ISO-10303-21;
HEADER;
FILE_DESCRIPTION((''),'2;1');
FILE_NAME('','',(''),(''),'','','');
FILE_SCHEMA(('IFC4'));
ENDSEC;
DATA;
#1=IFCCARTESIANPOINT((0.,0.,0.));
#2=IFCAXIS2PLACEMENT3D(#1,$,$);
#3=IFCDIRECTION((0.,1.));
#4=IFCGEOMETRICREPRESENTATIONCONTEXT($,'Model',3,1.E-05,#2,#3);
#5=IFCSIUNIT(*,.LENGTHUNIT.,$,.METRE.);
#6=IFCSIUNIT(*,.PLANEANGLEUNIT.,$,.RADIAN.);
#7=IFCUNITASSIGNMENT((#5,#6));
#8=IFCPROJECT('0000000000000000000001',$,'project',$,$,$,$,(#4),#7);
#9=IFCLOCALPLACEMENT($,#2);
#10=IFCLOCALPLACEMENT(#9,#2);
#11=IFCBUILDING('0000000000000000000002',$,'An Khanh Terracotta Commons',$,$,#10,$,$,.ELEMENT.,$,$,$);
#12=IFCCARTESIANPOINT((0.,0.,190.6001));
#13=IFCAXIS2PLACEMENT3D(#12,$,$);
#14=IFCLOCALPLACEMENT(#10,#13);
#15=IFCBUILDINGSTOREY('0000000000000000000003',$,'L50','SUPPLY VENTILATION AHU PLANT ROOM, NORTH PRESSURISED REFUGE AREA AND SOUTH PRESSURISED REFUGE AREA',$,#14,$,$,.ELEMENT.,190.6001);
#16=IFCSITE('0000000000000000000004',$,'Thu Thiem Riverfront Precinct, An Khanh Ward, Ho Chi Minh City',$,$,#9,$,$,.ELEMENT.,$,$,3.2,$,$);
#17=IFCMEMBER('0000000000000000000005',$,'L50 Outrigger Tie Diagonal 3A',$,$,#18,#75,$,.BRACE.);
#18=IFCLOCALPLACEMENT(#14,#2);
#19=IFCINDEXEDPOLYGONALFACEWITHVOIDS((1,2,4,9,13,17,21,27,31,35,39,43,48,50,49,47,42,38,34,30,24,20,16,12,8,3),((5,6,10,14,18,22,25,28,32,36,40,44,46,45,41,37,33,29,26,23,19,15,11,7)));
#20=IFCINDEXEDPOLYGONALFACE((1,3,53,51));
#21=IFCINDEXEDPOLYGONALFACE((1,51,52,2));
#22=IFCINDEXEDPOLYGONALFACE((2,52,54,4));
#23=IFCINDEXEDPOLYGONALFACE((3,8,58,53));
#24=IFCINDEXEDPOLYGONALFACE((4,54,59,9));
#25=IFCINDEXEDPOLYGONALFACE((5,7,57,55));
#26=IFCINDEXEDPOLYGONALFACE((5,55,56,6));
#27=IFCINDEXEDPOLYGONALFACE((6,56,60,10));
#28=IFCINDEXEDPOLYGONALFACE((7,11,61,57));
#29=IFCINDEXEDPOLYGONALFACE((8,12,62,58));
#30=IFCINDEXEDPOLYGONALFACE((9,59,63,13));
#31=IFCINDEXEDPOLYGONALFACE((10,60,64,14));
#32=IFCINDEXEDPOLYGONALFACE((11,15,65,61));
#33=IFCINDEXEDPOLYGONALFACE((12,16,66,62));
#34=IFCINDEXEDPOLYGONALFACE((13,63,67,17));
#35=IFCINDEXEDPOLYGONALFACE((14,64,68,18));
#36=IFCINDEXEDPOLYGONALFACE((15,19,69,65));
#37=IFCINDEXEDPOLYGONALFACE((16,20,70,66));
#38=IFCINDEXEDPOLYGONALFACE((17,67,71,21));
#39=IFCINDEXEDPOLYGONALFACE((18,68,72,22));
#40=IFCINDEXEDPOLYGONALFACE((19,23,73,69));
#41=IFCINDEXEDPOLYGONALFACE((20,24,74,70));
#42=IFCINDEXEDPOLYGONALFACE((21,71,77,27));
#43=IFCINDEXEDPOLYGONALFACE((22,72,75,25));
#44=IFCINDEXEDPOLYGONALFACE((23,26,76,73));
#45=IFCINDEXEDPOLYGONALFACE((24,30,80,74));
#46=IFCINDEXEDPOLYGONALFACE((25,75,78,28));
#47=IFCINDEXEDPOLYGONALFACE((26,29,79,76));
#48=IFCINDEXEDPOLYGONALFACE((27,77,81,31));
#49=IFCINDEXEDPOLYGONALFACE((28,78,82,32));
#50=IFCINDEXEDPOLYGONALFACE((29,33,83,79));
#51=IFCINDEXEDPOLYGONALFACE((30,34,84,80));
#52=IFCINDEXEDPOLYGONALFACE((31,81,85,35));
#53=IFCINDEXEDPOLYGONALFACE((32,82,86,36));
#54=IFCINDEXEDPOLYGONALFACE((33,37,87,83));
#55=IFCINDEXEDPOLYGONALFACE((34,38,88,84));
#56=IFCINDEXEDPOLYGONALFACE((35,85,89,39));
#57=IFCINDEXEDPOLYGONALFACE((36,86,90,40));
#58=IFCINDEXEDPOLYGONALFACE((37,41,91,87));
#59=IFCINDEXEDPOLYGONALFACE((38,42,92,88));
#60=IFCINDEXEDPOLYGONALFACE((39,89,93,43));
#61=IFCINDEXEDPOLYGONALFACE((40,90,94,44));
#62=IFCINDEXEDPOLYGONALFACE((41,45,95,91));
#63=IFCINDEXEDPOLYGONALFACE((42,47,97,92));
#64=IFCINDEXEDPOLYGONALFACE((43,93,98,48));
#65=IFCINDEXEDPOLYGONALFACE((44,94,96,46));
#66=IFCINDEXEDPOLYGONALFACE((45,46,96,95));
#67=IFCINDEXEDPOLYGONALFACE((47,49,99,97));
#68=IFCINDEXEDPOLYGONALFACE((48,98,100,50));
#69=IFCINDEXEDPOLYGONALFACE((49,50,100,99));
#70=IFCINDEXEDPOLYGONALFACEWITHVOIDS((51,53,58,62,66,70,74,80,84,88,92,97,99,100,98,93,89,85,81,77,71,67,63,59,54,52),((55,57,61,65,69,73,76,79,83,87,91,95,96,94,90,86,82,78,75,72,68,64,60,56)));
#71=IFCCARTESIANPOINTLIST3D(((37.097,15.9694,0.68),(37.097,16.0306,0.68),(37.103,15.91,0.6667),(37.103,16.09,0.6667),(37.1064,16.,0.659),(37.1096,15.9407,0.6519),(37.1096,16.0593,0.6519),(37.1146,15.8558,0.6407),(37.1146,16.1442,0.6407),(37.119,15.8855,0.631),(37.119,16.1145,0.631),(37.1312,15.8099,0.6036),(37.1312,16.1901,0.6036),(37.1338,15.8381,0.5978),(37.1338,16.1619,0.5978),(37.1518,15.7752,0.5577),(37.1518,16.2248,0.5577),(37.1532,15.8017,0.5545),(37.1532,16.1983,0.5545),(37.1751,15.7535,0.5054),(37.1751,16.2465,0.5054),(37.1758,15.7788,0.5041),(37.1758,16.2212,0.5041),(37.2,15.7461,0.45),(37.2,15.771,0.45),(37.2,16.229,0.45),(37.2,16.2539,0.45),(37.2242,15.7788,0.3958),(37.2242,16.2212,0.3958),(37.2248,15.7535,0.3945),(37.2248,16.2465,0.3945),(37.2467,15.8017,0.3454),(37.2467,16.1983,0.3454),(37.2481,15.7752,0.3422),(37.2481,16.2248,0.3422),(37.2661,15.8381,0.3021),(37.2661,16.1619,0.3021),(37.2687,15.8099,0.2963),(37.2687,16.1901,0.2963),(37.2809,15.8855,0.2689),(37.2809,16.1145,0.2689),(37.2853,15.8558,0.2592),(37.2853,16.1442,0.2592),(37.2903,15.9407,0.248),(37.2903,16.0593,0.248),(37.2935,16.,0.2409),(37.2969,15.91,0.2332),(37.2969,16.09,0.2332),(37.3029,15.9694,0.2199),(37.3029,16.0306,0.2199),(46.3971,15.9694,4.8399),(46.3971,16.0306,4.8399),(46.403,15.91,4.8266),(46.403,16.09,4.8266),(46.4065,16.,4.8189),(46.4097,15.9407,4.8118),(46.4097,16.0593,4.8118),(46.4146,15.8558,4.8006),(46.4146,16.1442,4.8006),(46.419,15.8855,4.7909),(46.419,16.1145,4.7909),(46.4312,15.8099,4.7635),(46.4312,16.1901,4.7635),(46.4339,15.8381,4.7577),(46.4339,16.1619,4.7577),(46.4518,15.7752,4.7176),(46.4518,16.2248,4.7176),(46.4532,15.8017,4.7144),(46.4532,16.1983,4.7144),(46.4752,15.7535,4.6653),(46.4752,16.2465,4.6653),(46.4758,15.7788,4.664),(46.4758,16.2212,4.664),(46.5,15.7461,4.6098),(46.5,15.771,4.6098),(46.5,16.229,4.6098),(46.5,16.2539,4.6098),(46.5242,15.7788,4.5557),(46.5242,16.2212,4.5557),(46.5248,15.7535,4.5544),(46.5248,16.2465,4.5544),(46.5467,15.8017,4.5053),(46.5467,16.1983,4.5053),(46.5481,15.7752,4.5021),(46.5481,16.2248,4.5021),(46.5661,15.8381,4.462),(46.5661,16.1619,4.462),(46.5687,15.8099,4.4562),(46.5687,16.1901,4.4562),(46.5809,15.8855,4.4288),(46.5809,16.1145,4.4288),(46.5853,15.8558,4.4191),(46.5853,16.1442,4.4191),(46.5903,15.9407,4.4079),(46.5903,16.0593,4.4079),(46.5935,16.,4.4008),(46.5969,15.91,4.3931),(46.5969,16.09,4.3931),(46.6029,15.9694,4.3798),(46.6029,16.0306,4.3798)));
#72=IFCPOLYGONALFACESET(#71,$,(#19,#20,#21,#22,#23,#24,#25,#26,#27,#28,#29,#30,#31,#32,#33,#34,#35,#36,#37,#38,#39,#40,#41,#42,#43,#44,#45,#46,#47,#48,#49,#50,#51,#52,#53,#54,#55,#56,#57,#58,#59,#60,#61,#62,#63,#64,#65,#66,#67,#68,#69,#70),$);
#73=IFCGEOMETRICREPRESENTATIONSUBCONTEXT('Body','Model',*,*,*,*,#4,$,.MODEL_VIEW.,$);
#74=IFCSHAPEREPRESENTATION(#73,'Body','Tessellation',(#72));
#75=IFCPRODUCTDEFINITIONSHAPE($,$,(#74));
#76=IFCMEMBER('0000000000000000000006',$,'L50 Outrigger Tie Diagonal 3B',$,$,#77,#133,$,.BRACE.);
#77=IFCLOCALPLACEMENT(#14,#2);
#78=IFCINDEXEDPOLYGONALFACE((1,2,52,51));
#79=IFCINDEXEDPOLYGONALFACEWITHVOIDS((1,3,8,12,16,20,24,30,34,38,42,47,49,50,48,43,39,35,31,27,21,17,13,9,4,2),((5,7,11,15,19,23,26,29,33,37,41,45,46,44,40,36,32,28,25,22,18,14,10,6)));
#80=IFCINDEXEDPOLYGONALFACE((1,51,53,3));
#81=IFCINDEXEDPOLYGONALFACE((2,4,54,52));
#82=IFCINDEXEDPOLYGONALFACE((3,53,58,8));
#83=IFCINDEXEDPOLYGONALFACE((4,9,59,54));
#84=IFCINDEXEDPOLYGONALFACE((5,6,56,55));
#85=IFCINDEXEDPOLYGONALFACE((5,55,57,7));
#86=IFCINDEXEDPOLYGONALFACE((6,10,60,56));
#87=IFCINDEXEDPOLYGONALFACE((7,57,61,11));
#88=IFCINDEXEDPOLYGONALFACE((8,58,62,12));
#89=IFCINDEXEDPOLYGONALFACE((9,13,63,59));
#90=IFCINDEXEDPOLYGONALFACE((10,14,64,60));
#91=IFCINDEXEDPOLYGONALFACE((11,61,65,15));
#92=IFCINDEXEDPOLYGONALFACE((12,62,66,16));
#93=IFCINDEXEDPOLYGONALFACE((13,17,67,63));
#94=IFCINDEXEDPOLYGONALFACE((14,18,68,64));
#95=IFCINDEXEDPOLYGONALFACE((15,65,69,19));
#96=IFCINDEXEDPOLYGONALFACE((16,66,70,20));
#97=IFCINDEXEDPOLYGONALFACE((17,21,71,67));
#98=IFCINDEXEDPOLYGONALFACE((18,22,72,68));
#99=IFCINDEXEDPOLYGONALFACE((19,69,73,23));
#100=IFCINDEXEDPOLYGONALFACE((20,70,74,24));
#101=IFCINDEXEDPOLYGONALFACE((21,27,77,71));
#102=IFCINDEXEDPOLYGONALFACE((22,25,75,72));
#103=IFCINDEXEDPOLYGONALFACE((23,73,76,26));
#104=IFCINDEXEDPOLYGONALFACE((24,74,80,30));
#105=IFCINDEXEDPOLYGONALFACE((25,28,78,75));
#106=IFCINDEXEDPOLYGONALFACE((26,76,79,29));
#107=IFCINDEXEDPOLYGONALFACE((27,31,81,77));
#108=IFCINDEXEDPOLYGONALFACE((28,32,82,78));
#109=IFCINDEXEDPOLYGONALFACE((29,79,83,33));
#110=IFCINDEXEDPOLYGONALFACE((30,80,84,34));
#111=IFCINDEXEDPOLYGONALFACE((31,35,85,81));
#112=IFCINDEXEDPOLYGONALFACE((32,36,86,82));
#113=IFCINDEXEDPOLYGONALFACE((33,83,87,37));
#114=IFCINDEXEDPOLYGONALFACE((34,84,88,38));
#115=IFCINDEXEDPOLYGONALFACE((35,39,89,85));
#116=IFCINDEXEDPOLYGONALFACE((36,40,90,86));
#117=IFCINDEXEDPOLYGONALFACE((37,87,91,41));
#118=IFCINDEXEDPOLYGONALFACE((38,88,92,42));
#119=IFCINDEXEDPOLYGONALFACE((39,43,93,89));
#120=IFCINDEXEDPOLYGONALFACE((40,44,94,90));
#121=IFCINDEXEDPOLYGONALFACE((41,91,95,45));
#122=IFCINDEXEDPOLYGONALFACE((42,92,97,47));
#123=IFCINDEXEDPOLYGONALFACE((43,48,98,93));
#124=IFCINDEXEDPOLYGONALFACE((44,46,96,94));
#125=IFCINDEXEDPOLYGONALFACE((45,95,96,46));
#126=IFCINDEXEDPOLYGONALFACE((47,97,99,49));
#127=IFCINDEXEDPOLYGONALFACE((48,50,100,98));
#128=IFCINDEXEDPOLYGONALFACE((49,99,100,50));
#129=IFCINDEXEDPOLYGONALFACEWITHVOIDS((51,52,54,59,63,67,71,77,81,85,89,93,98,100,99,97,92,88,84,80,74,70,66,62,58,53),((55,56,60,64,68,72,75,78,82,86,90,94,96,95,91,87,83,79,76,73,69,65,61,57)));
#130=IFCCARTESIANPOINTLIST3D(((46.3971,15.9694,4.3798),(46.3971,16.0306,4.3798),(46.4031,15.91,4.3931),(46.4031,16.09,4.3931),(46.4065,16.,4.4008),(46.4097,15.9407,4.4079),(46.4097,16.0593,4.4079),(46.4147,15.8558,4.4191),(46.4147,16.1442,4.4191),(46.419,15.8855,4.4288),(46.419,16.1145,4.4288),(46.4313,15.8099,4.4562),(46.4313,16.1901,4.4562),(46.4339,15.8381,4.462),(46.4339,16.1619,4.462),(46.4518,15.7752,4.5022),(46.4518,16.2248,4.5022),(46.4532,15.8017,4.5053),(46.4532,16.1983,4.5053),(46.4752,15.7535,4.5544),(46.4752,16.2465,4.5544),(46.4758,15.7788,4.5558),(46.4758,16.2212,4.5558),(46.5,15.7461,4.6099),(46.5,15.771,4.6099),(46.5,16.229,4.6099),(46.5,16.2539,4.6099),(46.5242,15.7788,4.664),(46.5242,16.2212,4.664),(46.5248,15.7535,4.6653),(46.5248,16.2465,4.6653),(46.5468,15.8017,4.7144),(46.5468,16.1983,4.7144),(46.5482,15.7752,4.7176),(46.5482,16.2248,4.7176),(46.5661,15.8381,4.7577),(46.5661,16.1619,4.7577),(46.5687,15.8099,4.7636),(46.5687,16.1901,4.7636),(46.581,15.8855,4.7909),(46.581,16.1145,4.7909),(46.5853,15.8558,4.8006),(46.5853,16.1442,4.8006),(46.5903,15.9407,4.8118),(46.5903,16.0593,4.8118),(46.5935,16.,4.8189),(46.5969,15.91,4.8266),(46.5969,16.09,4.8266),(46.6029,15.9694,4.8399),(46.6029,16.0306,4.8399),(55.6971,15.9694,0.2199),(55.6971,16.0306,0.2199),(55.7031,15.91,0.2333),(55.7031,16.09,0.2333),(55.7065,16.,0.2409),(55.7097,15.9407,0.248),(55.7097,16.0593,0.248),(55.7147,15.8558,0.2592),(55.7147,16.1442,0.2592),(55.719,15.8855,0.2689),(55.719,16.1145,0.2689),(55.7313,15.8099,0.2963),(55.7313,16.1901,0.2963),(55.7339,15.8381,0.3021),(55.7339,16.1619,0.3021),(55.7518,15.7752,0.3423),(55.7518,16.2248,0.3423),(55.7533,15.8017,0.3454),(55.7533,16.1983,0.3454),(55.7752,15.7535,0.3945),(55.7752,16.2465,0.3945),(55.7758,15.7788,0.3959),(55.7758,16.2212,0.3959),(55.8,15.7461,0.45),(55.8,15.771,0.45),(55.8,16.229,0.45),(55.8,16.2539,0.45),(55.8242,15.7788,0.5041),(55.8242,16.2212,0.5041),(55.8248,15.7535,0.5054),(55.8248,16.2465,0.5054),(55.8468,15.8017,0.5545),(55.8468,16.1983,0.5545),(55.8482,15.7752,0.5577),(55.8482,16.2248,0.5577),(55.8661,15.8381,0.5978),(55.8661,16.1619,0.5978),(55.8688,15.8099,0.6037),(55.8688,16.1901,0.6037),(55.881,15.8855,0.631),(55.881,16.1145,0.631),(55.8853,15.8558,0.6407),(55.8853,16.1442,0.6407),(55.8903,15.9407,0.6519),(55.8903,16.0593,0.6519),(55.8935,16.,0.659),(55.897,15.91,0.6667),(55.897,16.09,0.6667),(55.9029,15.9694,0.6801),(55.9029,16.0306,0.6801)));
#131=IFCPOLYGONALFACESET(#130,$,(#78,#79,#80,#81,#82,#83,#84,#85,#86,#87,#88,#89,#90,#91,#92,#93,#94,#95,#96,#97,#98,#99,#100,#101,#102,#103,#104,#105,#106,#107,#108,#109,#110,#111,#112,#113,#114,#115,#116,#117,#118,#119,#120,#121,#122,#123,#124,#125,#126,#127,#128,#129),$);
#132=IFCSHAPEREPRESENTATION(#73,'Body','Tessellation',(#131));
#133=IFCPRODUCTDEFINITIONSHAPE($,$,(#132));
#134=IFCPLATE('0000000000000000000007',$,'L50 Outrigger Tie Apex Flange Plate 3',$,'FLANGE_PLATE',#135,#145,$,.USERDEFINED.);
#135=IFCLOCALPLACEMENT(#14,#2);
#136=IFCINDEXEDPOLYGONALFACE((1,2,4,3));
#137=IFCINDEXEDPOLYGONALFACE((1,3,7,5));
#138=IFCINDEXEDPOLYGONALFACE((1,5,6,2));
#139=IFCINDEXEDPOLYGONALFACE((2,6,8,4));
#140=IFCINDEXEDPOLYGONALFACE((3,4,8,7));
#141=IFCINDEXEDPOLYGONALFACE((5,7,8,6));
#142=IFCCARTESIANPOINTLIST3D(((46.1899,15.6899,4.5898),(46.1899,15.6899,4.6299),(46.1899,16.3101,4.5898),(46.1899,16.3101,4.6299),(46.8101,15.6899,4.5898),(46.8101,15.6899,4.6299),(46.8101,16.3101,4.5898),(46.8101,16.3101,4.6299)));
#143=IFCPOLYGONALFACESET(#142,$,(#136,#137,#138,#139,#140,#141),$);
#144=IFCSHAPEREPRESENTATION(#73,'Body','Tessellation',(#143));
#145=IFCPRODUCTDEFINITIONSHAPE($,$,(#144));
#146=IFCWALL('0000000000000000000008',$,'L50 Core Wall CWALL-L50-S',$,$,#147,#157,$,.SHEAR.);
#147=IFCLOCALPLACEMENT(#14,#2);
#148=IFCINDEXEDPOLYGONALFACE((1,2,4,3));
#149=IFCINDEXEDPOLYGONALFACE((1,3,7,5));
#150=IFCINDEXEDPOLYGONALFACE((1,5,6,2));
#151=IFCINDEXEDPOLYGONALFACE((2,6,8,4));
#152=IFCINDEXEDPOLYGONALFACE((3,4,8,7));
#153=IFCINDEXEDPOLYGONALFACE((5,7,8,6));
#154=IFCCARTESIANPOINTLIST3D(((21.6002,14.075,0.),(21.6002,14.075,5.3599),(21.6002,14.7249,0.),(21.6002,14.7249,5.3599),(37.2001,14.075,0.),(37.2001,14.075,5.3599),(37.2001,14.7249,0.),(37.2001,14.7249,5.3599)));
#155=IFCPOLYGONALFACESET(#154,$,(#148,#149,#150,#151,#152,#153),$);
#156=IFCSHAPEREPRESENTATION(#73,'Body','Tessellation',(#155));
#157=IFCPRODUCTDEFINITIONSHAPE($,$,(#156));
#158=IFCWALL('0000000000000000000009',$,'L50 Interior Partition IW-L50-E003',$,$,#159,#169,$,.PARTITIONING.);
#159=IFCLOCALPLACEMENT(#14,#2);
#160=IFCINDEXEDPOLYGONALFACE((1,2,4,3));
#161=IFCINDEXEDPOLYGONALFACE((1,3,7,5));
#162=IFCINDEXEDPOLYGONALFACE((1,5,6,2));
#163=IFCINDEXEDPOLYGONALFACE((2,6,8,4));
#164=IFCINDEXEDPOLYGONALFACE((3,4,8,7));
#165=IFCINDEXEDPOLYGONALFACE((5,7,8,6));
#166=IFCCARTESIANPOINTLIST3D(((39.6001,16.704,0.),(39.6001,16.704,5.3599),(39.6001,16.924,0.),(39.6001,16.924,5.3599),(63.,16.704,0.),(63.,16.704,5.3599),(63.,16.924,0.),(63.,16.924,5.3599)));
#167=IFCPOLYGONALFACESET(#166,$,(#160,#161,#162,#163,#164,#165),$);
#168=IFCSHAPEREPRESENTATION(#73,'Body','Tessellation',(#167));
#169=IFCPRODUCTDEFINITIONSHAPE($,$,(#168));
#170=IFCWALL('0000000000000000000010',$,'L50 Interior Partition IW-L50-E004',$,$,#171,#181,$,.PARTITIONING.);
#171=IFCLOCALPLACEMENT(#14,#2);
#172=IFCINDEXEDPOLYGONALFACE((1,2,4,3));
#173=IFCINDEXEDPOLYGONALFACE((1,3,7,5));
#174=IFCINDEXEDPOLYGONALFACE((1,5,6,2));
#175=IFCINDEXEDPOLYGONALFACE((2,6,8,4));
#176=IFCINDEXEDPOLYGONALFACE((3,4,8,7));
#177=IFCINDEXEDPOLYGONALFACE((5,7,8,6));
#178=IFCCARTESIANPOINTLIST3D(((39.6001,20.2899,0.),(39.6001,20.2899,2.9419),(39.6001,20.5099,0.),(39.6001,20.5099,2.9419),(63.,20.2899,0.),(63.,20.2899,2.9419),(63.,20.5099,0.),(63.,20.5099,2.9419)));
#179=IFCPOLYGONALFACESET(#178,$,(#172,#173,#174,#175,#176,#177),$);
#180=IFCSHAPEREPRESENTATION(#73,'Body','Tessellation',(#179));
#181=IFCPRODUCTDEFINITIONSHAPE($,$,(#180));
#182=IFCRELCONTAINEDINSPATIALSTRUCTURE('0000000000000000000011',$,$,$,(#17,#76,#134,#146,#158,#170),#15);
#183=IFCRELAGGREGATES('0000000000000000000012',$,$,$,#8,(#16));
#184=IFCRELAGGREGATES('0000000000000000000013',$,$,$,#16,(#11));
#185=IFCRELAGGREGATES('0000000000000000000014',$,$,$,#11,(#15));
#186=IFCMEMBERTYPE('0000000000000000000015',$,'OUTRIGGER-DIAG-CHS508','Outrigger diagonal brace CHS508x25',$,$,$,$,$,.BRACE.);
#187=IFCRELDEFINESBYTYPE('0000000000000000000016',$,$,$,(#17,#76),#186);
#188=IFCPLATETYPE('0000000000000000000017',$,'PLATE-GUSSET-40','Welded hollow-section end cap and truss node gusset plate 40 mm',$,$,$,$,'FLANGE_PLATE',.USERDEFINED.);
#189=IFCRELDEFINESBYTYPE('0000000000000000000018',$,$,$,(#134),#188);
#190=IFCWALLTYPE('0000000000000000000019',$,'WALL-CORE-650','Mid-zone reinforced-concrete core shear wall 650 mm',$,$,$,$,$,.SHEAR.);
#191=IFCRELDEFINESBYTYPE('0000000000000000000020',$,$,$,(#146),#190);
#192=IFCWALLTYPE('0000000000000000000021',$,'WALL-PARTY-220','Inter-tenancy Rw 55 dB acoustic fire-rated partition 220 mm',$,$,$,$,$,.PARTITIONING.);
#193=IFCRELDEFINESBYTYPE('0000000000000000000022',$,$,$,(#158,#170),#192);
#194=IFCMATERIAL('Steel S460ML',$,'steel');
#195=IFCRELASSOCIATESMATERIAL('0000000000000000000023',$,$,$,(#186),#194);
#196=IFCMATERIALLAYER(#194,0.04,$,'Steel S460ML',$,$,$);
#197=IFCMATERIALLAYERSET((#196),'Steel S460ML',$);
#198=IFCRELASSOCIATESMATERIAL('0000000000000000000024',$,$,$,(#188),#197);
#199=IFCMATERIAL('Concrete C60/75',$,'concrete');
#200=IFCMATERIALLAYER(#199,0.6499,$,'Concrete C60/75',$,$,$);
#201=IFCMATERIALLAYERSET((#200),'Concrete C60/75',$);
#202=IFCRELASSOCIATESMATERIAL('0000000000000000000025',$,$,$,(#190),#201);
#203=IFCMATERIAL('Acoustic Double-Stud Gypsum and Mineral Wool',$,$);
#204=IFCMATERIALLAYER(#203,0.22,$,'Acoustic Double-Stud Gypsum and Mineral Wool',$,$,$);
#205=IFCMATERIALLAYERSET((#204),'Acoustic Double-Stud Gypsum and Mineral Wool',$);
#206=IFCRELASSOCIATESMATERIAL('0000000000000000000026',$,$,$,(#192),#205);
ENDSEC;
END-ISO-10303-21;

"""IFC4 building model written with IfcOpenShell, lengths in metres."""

from ifc_helpers import new_model, si_unit, direction, frame, frame_2d, origin, origin_2d, place, context, subcontext, project, spatial, rectangle, hollow_circle, extrude, material, layer, layer_set, material_profile, profile_set, type_object, element, save


model = new_model("IFC4")

# Units and contexts
model_context = context("Model", 3, precision=1e-05, world=origin(), true_north=direction((0.0, 1.0)))
body_context = subcontext(model_context, "Body", "Model", "MODEL_VIEW")
ifc_project = project(units=[si_unit("LENGTHUNIT", "METRE"), si_unit("PLANEANGLEUNIT", "RADIAN")], contexts=[model_context])

# Site, building, storey
site_placement = place(None, origin())
site = spatial("IfcSite", under=ifc_project, at=site_placement, Name="Thu Thiem Riverfront Precinct, An Khanh Ward, Ho Chi Minh City", CompositionType="ELEMENT", RefElevation=3.2)
building_placement = place(site_placement, origin())
building = spatial("IfcBuilding", under=site, at=building_placement, Name="An Khanh Terracotta Commons", CompositionType="ELEMENT")
storey_placement = place(building_placement, frame((0.0, 0.0, 190.6001)))
storey = spatial("IfcBuildingStorey", under=building, at=storey_placement, Name="L50", Description="SUPPLY VENTILATION AHU PLANT ROOM, NORTH PRESSURISED REFUGE AREA AND SOUTH PRESSURISED REFUGE AREA", CompositionType="ELEMENT", Elevation=190.6001)

# Shared definitions
ifc_material_1 = material(Name="Steel S460ML", Category="steel")

# Shared definitions
ifc_material_2 = material(Name="Concrete C60/75", Category="concrete")

# Members
ifc_material_profile_1 = material_profile(ifc_material_1, hollow_circle(Radius=0.2539, WallThickness=0.0249, at=origin_2d()), Name="CHS508x25")
ifc_profile_set_1 = profile_set([ifc_material_profile_1], Name="Steel S460ML")
member_type_1 = type_object("IfcMemberType", Name="OUTRIGGER-DIAG-CHS508", Description="Outrigger diagonal brace CHS508x25", PredefinedType="BRACE", material=ifc_profile_set_1)
for number, where, z_axis, x_axis, name in (
    (1, (37.2, 16.0, 0.45), (0.912842, 0.0, 0.408314), (0.0, 1.0, 0.0), "L50 Outrigger Tie Diagonal 3A"),
    (2, (46.5, 16.0, 4.6099), (0.912842, 0.0, -0.408314), (0.0, 1.0, 0.0), "L50 Outrigger Tie Diagonal 3B"),
):
    element("IfcMember", number, at=place(storey_placement, frame(where, z_axis=z_axis, x_axis=x_axis)), inside=storey, type_object=member_type_1, Name=name, PredefinedType="BRACE", context=body_context, shape_type="SweptSolid", body=[
        extrude(hollow_circle(Radius=0.2539, WallThickness=0.0249, at=origin_2d()), origin(), (0.0, 0.0, 1.0), 10.188),
    ])

# Plate
ifc_layer_1 = layer(ifc_material_1, 0.04, Name="Steel S460ML")
ifc_layer_set_1 = layer_set([ifc_layer_1], Name="Steel S460ML")
plate_type = type_object("IfcPlateType", Name="PLATE-GUSSET-40", Description="Welded hollow-section end cap and truss node gusset plate 40 mm", ElementType="FLANGE_PLATE", PredefinedType="USERDEFINED", material=ifc_layer_set_1)
plate_placement = place(storey_placement, frame((46.5, 16.0, 4.5898), z_axis=(0.0, 0.0, 1.0), x_axis=(1.0, 0.0, 0.0)))
element("IfcPlate", 3, at=plate_placement, inside=storey, type_object=plate_type, Name="L50 Outrigger Tie Apex Flange Plate 3", ObjectType="FLANGE_PLATE", PredefinedType="USERDEFINED", context=body_context, shape_type="SweptSolid", body=[
    extrude(rectangle(XDim=0.6201, YDim=0.6201, at=origin_2d()), origin(), (0.0, 0.0, 1.0), 0.04),
])

# Wall
ifc_layer_2 = layer(ifc_material_2, 0.6499, Name="Concrete C60/75")
ifc_layer_set_2 = layer_set([ifc_layer_2], Name="Concrete C60/75")
wall_type_1 = type_object("IfcWallType", Name="WALL-CORE-650", Description="Mid-zone reinforced-concrete core shear wall 650 mm", PredefinedType="SHEAR", material=ifc_layer_set_2)
wall_1_placement = place(storey_placement, frame((37.2, 14.3999, 0.0), z_axis=(0.0, 0.0, 1.0), x_axis=(-1.0, 0.0, 0.0)))
element("IfcWall", 4, at=wall_1_placement, inside=storey, type_object=wall_type_1, Name="L50 Core Wall CWALL-L50-S", PredefinedType="SHEAR", context=body_context, shape_type="SweptSolid", body=[
    extrude(rectangle(XDim=15.5999, YDim=0.6499, at=frame_2d((7.7998, 0.0))), origin(), (0.0, 0.0, 1.0), 5.3599),
])

# Walls
ifc_material_3 = material(Name="Acoustic Double-Stud Gypsum and Mineral Wool")
ifc_layer_3 = layer(ifc_material_3, 0.22, Name="Acoustic Double-Stud Gypsum and Mineral Wool")
ifc_layer_set_3 = layer_set([ifc_layer_3], Name="Acoustic Double-Stud Gypsum and Mineral Wool")
wall_type_2 = type_object("IfcWallType", Name="WALL-PARTY-220", Description="Inter-tenancy Rw 55 dB acoustic fire-rated partition 220 mm", PredefinedType="PARTITIONING", material=ifc_layer_set_3)
wall_2_placement = place(storey_placement, frame((39.6001, 16.814, 0.0), z_axis=(0.0, 0.0, 1.0), x_axis=(1.0, 0.0, 0.0)))
element("IfcWall", 5, at=wall_2_placement, inside=storey, type_object=wall_type_2, Name="L50 Interior Partition IW-L50-E003", PredefinedType="PARTITIONING", context=body_context, shape_type="SweptSolid", body=[
    extrude(rectangle(XDim=23.3999, YDim=0.22, at=frame_2d((11.7, 0.0))), origin(), (0.0, 0.0, 1.0), 5.3599),
])
wall_3_placement = place(storey_placement, frame((39.6001, 20.3999, 0.0), z_axis=(0.0, 0.0, 1.0), x_axis=(1.0, 0.0, 0.0)))
element("IfcWall", 6, at=wall_3_placement, inside=storey, type_object=wall_type_2, Name="L50 Interior Partition IW-L50-E004", PredefinedType="PARTITIONING", context=body_context, shape_type="SweptSolid", body=[
    extrude(rectangle(XDim=23.3999, YDim=0.22, at=frame_2d((11.7, 0.0))), origin(), (0.0, 0.0, 1.0), 2.9419),
])

save(model, "model.ifc")
